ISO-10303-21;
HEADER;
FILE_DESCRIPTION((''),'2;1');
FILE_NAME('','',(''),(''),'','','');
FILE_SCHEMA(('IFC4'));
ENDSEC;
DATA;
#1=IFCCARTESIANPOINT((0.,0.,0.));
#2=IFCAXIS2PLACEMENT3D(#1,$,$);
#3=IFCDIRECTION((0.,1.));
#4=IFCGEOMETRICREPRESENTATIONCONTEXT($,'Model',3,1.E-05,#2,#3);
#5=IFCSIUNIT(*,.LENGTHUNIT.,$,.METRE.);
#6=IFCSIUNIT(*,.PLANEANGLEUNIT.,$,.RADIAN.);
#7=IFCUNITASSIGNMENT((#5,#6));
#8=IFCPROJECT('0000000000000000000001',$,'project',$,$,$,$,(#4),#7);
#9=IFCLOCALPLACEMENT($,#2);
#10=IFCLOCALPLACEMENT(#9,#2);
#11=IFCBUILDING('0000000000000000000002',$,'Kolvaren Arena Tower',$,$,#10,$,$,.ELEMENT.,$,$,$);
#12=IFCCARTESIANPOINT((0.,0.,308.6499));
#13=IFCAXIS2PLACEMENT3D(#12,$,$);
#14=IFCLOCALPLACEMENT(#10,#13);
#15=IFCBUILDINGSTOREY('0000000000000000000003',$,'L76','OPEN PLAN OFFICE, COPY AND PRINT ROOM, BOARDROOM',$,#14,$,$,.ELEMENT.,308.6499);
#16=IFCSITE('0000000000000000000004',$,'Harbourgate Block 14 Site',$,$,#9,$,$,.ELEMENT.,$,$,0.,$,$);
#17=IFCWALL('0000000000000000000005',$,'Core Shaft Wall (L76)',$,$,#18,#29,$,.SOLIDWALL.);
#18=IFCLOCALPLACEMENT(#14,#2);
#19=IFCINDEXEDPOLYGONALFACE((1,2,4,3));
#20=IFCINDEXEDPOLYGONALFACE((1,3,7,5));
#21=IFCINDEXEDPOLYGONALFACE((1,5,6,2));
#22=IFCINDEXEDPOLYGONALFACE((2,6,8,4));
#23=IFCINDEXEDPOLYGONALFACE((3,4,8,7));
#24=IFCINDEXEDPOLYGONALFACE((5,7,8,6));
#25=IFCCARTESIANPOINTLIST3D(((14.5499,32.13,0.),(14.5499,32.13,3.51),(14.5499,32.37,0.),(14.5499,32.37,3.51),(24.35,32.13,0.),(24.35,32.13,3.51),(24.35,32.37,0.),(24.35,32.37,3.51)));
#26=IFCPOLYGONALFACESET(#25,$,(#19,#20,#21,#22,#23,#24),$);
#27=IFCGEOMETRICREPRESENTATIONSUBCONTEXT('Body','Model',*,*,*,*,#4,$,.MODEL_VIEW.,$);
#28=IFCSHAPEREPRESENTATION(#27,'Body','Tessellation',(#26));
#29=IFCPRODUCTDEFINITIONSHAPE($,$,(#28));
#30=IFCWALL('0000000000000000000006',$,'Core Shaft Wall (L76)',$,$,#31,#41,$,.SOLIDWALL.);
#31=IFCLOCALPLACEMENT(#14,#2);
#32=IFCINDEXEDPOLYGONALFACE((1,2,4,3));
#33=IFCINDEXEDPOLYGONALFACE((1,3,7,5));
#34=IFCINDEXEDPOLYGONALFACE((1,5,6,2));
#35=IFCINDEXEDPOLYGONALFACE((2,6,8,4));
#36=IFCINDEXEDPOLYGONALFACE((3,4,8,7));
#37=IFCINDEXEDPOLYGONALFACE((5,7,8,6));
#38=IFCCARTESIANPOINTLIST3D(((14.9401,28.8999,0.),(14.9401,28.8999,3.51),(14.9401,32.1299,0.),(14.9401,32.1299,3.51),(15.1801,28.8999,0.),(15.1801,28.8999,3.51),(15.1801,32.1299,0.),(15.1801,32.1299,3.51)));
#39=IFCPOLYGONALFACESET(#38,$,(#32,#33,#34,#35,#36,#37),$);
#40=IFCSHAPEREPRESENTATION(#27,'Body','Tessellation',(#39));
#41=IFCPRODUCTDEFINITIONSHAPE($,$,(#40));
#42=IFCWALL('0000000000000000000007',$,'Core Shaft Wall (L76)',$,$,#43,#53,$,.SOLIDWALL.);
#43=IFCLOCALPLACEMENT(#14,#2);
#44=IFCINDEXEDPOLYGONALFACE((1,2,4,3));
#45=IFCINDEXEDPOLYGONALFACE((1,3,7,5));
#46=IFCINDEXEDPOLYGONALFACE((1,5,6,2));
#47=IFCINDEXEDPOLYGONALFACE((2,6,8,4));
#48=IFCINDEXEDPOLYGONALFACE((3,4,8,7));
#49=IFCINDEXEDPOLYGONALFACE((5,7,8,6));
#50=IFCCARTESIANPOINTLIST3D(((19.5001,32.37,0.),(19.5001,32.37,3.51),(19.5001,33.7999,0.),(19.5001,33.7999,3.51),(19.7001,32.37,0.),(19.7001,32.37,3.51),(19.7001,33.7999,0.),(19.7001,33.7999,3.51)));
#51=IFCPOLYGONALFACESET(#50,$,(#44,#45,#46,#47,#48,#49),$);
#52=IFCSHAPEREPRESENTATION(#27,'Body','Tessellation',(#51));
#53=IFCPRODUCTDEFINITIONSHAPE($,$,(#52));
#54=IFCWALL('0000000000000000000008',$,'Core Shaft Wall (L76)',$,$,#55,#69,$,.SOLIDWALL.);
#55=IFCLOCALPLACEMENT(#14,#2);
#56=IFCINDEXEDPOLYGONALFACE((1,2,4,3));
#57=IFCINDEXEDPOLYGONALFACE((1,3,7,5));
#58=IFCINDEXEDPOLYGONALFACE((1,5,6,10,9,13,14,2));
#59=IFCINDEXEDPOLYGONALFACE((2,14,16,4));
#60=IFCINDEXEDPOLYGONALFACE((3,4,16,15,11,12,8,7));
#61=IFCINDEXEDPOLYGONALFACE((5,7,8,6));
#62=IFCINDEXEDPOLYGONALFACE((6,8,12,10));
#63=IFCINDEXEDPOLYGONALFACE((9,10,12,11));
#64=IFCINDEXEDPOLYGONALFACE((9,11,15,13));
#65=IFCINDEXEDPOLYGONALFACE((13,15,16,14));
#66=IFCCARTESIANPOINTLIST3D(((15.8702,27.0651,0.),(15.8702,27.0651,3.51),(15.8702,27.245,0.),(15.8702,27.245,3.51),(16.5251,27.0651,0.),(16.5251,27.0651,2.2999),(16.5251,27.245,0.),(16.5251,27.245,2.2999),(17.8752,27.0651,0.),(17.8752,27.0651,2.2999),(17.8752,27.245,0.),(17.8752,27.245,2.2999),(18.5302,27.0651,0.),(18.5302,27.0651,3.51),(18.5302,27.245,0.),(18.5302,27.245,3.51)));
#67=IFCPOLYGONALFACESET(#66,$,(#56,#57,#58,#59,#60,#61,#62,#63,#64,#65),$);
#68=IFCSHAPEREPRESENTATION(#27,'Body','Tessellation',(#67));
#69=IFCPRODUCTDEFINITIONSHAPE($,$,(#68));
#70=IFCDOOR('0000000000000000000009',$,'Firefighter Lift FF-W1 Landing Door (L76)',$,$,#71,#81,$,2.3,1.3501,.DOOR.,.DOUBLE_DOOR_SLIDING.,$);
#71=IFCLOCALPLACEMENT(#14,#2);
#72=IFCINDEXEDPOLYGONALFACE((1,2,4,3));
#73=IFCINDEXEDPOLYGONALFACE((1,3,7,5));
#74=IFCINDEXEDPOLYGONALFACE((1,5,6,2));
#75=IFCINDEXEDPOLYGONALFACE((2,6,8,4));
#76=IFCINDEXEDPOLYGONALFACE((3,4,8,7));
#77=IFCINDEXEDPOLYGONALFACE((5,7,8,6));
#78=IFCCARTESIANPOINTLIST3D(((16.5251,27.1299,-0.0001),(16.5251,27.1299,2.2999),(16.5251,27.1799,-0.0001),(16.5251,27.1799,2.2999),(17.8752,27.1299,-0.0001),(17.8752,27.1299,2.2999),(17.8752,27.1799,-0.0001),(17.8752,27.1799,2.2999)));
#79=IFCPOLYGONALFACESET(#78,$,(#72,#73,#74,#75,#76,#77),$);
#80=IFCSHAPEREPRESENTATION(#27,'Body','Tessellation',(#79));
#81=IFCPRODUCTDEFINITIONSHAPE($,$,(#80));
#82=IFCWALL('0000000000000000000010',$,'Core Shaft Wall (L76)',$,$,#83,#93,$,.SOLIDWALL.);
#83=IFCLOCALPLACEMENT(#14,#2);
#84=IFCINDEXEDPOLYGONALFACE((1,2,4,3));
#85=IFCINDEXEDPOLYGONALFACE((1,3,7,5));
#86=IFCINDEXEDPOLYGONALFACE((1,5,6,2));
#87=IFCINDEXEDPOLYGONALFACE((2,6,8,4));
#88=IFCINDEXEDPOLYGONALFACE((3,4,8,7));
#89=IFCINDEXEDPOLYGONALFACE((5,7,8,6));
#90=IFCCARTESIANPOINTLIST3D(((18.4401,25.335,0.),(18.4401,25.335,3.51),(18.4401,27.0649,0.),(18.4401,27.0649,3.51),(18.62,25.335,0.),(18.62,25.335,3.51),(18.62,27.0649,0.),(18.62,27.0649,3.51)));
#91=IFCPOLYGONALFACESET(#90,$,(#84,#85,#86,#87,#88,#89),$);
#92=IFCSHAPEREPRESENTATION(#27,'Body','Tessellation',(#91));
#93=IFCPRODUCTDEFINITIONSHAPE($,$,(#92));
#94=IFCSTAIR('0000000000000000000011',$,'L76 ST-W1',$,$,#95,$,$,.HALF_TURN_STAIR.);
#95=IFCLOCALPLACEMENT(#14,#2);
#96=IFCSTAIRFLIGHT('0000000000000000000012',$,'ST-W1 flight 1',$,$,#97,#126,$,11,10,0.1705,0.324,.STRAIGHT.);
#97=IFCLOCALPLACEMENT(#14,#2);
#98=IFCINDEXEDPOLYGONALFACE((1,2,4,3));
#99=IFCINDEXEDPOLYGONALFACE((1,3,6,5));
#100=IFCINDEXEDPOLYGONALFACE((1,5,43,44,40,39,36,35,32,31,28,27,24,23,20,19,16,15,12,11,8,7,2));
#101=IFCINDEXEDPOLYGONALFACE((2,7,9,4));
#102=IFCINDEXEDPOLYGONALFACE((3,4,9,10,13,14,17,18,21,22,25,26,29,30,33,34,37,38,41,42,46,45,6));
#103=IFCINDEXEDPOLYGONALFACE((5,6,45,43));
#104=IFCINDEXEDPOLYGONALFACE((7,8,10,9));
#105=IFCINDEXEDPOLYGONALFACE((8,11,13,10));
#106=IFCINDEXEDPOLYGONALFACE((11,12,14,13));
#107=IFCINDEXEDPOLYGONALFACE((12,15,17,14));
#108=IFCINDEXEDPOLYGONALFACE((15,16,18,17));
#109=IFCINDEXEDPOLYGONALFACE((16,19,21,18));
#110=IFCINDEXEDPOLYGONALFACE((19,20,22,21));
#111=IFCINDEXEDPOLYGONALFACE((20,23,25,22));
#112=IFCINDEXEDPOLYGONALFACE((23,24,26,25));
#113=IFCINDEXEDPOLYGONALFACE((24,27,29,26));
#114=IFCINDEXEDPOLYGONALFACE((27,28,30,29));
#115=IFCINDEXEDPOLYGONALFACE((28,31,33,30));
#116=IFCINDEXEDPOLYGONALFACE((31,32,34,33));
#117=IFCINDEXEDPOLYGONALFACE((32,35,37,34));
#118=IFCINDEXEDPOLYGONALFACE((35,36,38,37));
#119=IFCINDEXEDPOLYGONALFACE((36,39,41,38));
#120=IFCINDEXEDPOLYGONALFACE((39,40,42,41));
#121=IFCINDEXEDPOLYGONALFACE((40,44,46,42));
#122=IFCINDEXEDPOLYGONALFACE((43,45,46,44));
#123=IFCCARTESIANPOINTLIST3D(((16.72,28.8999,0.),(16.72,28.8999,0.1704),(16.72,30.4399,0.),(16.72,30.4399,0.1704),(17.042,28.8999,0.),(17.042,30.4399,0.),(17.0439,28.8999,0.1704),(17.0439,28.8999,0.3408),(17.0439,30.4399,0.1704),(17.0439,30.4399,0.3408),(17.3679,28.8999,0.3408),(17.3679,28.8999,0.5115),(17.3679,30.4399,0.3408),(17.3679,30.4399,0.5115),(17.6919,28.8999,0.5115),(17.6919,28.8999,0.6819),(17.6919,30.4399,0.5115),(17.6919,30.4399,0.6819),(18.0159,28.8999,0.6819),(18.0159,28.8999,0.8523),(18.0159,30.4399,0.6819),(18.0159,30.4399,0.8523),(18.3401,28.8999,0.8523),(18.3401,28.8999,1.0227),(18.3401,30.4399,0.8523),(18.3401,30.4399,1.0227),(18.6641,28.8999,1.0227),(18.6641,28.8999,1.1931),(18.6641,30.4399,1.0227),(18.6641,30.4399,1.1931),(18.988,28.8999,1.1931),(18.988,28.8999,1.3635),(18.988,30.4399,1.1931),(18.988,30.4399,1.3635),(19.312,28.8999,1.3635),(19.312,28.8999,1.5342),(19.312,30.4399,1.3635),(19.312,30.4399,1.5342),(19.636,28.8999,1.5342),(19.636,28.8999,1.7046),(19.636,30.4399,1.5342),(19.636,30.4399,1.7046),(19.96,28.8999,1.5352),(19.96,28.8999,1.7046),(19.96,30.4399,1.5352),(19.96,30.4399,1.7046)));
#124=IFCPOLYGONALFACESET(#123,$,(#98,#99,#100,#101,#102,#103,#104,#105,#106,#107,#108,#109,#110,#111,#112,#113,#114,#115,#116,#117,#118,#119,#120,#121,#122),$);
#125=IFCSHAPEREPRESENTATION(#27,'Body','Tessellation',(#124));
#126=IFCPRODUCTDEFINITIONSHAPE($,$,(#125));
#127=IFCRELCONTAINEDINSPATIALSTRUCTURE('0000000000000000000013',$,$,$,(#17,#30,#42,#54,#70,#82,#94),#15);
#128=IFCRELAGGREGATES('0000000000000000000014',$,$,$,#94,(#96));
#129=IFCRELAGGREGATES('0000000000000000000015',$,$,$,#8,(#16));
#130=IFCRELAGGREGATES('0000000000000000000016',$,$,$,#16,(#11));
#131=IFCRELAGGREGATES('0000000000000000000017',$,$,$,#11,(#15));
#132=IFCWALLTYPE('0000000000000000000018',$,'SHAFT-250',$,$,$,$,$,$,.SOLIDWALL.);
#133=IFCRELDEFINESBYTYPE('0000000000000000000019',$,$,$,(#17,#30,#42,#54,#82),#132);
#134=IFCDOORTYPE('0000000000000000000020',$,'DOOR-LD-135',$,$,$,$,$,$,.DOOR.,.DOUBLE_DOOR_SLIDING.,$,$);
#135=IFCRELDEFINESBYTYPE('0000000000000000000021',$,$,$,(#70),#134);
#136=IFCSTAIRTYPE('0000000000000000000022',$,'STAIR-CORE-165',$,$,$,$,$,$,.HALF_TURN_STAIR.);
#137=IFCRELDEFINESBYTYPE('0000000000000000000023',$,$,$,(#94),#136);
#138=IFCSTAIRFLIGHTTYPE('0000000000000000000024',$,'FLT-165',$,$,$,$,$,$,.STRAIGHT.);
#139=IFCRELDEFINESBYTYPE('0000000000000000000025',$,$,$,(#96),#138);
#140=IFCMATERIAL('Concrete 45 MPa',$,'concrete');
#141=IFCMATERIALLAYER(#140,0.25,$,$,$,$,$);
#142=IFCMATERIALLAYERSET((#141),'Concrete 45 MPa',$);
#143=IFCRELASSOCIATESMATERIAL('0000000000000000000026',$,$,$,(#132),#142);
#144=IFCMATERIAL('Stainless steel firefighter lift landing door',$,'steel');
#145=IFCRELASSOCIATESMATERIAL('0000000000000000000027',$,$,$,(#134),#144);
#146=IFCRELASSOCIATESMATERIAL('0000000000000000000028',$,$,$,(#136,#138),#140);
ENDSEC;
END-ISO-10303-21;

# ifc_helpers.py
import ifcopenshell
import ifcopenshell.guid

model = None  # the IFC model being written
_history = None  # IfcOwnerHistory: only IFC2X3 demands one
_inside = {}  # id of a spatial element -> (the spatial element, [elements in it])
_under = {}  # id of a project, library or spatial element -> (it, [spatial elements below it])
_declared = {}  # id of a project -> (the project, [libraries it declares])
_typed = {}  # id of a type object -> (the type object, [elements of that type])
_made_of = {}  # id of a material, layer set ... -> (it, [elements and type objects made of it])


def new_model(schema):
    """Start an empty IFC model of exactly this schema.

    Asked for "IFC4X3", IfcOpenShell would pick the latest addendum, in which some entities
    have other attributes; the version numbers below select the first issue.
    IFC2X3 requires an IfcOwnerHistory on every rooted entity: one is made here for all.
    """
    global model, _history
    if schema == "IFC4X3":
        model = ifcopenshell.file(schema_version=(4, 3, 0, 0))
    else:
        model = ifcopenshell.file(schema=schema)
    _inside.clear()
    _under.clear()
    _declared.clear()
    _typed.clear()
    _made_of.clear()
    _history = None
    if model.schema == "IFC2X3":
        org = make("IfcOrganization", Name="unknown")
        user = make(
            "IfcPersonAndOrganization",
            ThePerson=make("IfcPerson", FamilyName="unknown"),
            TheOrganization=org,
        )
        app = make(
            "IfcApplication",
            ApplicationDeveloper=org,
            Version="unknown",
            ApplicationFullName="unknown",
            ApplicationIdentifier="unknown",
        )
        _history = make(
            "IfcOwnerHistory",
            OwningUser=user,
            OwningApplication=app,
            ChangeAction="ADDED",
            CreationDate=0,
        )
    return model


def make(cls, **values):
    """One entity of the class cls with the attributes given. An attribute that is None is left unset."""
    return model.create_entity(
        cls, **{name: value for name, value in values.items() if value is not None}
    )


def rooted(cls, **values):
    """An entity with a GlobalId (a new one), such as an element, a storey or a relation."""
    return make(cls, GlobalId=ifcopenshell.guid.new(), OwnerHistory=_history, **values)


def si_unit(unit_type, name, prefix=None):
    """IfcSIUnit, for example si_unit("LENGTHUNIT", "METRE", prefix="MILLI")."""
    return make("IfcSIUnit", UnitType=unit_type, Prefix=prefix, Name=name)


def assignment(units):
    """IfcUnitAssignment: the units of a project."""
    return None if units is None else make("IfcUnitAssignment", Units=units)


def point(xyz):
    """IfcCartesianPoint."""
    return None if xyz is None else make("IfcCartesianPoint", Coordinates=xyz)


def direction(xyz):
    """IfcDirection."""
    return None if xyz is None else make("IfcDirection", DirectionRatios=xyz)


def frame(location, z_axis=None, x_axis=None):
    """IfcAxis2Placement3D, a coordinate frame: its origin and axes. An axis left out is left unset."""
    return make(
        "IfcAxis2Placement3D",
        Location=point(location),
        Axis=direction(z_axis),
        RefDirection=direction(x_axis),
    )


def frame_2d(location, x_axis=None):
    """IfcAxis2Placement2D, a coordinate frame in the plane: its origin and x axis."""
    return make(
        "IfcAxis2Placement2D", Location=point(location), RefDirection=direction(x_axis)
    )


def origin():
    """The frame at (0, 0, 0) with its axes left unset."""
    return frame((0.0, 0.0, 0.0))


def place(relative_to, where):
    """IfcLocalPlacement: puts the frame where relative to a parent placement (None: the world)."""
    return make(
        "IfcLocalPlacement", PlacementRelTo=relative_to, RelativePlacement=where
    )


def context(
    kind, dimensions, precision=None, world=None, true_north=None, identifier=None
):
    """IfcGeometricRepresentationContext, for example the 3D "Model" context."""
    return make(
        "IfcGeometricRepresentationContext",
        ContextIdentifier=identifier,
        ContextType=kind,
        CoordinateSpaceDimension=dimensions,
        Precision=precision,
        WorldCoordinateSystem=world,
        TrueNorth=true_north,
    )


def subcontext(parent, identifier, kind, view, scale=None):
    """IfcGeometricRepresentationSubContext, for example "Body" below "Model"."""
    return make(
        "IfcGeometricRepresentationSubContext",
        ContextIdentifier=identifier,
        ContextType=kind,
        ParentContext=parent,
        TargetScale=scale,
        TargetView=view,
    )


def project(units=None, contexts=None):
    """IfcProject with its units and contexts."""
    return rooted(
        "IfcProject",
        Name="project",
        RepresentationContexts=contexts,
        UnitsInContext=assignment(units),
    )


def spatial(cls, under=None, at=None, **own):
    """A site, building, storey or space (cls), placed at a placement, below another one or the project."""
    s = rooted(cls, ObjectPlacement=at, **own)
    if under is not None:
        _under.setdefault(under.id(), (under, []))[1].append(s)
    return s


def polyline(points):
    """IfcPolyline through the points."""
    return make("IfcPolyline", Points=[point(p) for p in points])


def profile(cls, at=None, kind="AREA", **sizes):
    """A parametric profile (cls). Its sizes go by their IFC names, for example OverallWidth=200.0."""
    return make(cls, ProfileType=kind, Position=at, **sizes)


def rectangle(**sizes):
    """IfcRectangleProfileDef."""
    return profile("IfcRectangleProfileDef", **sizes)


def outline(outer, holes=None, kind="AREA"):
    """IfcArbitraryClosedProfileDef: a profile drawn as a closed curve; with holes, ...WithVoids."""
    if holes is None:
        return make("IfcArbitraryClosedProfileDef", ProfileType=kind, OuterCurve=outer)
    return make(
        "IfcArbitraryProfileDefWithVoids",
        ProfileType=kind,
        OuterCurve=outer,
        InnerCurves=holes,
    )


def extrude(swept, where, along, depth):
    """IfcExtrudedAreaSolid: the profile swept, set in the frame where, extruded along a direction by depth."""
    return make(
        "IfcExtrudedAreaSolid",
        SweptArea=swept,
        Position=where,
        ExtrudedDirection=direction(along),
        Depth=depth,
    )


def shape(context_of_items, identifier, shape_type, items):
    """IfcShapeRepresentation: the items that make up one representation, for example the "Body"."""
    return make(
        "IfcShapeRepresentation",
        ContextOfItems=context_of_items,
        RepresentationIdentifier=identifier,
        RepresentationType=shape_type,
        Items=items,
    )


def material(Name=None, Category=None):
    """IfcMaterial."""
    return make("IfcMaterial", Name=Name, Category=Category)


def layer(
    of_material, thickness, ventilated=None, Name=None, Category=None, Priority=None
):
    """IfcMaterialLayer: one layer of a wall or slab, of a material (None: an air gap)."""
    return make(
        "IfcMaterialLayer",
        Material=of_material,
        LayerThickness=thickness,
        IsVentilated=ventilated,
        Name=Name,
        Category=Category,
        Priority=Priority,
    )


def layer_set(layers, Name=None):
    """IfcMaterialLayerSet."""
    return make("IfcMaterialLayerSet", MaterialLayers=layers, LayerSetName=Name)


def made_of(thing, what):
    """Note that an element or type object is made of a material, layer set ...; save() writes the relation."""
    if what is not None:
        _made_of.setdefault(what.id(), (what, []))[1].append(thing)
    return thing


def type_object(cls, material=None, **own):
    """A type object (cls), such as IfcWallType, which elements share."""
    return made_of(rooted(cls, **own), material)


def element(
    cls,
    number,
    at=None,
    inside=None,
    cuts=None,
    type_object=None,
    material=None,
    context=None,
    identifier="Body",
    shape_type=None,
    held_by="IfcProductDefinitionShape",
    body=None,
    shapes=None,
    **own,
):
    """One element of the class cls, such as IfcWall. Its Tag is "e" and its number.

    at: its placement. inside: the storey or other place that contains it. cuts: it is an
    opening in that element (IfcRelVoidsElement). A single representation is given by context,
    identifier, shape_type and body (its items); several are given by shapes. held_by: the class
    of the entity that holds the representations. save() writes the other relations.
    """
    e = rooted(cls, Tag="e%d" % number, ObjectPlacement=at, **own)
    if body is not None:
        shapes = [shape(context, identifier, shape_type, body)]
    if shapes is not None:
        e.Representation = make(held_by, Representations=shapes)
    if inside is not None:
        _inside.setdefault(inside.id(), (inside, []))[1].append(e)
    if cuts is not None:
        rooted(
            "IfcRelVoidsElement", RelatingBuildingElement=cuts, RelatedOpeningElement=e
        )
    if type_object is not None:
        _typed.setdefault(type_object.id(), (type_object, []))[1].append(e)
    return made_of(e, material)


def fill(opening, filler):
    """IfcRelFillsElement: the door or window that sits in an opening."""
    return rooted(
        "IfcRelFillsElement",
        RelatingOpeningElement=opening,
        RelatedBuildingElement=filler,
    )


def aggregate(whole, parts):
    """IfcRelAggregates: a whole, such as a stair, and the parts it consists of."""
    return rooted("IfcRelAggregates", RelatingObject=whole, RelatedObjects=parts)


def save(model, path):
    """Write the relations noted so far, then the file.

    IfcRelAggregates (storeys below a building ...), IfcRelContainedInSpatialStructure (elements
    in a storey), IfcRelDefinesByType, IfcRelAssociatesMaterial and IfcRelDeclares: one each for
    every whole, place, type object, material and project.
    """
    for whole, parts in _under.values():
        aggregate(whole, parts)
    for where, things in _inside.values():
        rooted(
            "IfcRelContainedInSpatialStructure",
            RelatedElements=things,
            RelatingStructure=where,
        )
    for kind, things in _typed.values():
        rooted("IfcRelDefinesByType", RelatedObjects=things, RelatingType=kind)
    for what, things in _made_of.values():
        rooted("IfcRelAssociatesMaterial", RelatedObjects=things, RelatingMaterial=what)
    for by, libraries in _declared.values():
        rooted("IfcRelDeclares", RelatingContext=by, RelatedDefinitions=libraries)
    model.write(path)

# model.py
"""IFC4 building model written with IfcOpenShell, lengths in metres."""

from ifc_helpers import new_model, si_unit, direction, frame, frame_2d, origin, place, context, subcontext, project, spatial, polyline, rectangle, outline, extrude, material, layer, layer_set, type_object, element, fill, aggregate, save


model = new_model("IFC4")

# Units and contexts
model_context = context("Model", 3, precision=1e-05, world=origin(), true_north=direction((0.0, 1.0)))
body_context = subcontext(model_context, "Body", "Model", "MODEL_VIEW")
ifc_project = project(units=[si_unit("LENGTHUNIT", "METRE"), si_unit("PLANEANGLEUNIT", "RADIAN")], contexts=[model_context])

# Site, building, storey
site_placement = place(None, origin())
site = spatial("IfcSite", under=ifc_project, at=site_placement, Name="Harbourgate Block 14 Site", CompositionType="ELEMENT", RefElevation=0.0)
building_placement = place(site_placement, origin())
building = spatial("IfcBuilding", under=site, at=building_placement, Name="Kolvaren Arena Tower", CompositionType="ELEMENT")
storey_placement = place(building_placement, frame((0.0, 0.0, 308.6499)))
storey = spatial("IfcBuildingStorey", under=building, at=storey_placement, Name="L76", Description="OPEN PLAN OFFICE, COPY AND PRINT ROOM, BOARDROOM", CompositionType="ELEMENT", Elevation=308.6499)

# Walls
ifc_material_1 = material(Name="Concrete 45 MPa", Category="concrete")
ifc_layer_1 = layer(ifc_material_1, 0.25)
ifc_layer_set_1 = layer_set([ifc_layer_1], Name="Concrete 45 MPa")
wall_type_1 = type_object("IfcWallType", Name="SHAFT-250", PredefinedType="SOLIDWALL", material=ifc_layer_set_1)
wall_1_placement = place(storey_placement, frame((14.55, 32.25, 0.0), z_axis=(0.0, 0.0, 1.0), x_axis=(1.0, 0.0, 0.0)))
element("IfcWall", 1, at=wall_1_placement, inside=storey, type_object=wall_type_1, Name="Core Shaft Wall (L76)", PredefinedType="SOLIDWALL", context=body_context, shape_type="SweptSolid", body=[
    extrude(rectangle(XDim=9.8, YDim=0.24, at=frame_2d((4.8999, 0.0))), origin(), (0.0, 0.0, 1.0), 3.51),
])
wall_2_placement = place(storey_placement, frame((15.0601, 28.8999, 0.0), z_axis=(0.0, 0.0, 1.0), x_axis=(0.0, 1.0, 0.0)))
element("IfcWall", 2, at=wall_2_placement, inside=storey, type_object=wall_type_1, Name="Core Shaft Wall (L76)", PredefinedType="SOLIDWALL", context=body_context, shape_type="SweptSolid", body=[
    extrude(rectangle(XDim=3.23, YDim=0.24, at=frame_2d((1.615, 0.0))), origin(), (0.0, 0.0, 1.0), 3.51),
])
wall_3_placement = place(storey_placement, frame((19.6001, 32.3701, 0.0), z_axis=(0.0, 0.0, 1.0), x_axis=(0.0, 1.0, 0.0)))
element("IfcWall", 3, at=wall_3_placement, inside=storey, type_object=wall_type_1, Name="Core Shaft Wall (L76)", PredefinedType="SOLIDWALL", context=body_context, shape_type="SweptSolid", body=[
    extrude(rectangle(XDim=1.4299, YDim=0.2, at=frame_2d((0.7148, 0.0))), origin(), (0.0, 0.0, 1.0), 3.51),
])

# Wall, opening, door
wall_4_placement = place(storey_placement, frame((15.8701, 27.155, 0.0), z_axis=(0.0, 0.0, 1.0), x_axis=(1.0, 0.0, 0.0)))
wall_4 = element("IfcWall", 4, at=wall_4_placement, inside=storey, type_object=wall_type_1, Name="Core Shaft Wall (L76)", PredefinedType="SOLIDWALL", context=body_context, shape_type="SweptSolid", body=[
    extrude(rectangle(XDim=2.6599, YDim=0.1799, at=frame_2d((1.3301, 0.0))), origin(), (0.0, 0.0, 1.0), 3.51),
])
opening_placement = place(wall_4_placement, frame((0.655, 0.0, 0.0)))
opening = element("IfcOpeningElement", 5, at=opening_placement, cuts=wall_4, PredefinedType="OPENING", context=body_context, shape_type="SweptSolid", body=[
    extrude(rectangle(XDim=1.3501, YDim=2.3, at=frame_2d((0.675, 1.1499))), frame((0.0, 0.0999, 0.0), z_axis=(0.0, -1.0, 0.0), x_axis=(1.0, 0.0, 0.0)), (0.0, 0.0, 1.0), 0.2),
])
ifc_material_2 = material(Name="Stainless steel firefighter lift landing door", Category="steel")
door_type = type_object("IfcDoorType", Name="DOOR-LD-135", OperationType="DOUBLE_DOOR_SLIDING", PredefinedType="DOOR", material=ifc_material_2)
door_placement = place(opening_placement, origin())
door = element("IfcDoor", 6, at=door_placement, inside=storey, type_object=door_type, Name="Firefighter Lift FF-W1 Landing Door (L76)", OperationType="DOUBLE_DOOR_SLIDING", OverallHeight=2.3, OverallWidth=1.3501, PredefinedType="DOOR", context=body_context, shape_type="SweptSolid", body=[
    extrude(rectangle(XDim=1.3501, YDim=2.3, at=frame_2d((0.675, 1.1499))), frame((0.0, 0.0249, 0.0), z_axis=(0.0, -1.0, 0.0), x_axis=(1.0, 0.0, 0.0)), (0.0, 0.0, 1.0), 0.05),
])
fill(opening, door)

# Wall
wall_5_placement = place(storey_placement, frame((18.53, 25.335, 0.0), z_axis=(0.0, 0.0, 1.0), x_axis=(0.0, 1.0, 0.0)))
element("IfcWall", 7, at=wall_5_placement, inside=storey, type_object=wall_type_1, Name="Core Shaft Wall (L76)", PredefinedType="SOLIDWALL", context=body_context, shape_type="SweptSolid", body=[
    extrude(rectangle(XDim=1.73, YDim=0.1799, at=frame_2d((0.865, 0.0))), origin(), (0.0, 0.0, 1.0), 3.51),
])

# Stair, stair flight
stair_type = type_object("IfcStairType", Name="STAIR-CORE-165", PredefinedType="HALF_TURN_STAIR", material=ifc_material_1)
stair_placement = place(storey_placement, origin())
stair = element("IfcStair", 8, at=stair_placement, inside=storey, type_object=stair_type, Name="L76 ST-W1", PredefinedType="HALF_TURN_STAIR")
stair_flight_type = type_object("IfcStairFlightType", Name="FLT-165", PredefinedType="STRAIGHT", material=ifc_material_1)
stair_flight_placement = place(storey_placement, frame((16.72, 29.6699, 0.0), z_axis=(0.0, 0.0, 1.0), x_axis=(1.0, 0.0, 0.0)))
stair_flight = element("IfcStairFlight", 9, at=stair_flight_placement, type_object=stair_flight_type, Name="ST-W1 flight 1", NumberOfRisers=11, NumberOfTreads=10, PredefinedType="STRAIGHT", RiserHeight=0.1705, TreadLength=0.324, context=body_context, shape_type="SweptSolid", body=[
    extrude(outline(polyline([(0.0, 0.0), (0.0, 0.1704), (0.324, 0.1704), (0.324, 0.3408), (0.6479, 0.3408), (0.6479, 0.5115), (0.9719, 0.5115), (0.9719, 0.6819), (1.2959, 0.6819), (1.2959, 0.8523), (1.6201, 0.8523), (1.6201, 1.0227), (1.9441, 1.0227), (1.9441, 1.1931), (2.2681, 1.1931), (2.2681, 1.3635), (2.592, 1.3635), (2.592, 1.5342), (2.916, 1.5342), (2.916, 1.7046), (3.24, 1.7046), (3.24, 1.875), (3.24, 1.5352), (0.322, 0.0), (0.0, 0.0)])), frame((0.0, 0.77, 0.0), z_axis=(0.0, -1.0, 0.0), x_axis=(1.0, 0.0, 0.0)), (0.0, 0.0, 1.0), 1.54),
])
aggregate(stair, [stair_flight])

save(model, "model.ifc")
